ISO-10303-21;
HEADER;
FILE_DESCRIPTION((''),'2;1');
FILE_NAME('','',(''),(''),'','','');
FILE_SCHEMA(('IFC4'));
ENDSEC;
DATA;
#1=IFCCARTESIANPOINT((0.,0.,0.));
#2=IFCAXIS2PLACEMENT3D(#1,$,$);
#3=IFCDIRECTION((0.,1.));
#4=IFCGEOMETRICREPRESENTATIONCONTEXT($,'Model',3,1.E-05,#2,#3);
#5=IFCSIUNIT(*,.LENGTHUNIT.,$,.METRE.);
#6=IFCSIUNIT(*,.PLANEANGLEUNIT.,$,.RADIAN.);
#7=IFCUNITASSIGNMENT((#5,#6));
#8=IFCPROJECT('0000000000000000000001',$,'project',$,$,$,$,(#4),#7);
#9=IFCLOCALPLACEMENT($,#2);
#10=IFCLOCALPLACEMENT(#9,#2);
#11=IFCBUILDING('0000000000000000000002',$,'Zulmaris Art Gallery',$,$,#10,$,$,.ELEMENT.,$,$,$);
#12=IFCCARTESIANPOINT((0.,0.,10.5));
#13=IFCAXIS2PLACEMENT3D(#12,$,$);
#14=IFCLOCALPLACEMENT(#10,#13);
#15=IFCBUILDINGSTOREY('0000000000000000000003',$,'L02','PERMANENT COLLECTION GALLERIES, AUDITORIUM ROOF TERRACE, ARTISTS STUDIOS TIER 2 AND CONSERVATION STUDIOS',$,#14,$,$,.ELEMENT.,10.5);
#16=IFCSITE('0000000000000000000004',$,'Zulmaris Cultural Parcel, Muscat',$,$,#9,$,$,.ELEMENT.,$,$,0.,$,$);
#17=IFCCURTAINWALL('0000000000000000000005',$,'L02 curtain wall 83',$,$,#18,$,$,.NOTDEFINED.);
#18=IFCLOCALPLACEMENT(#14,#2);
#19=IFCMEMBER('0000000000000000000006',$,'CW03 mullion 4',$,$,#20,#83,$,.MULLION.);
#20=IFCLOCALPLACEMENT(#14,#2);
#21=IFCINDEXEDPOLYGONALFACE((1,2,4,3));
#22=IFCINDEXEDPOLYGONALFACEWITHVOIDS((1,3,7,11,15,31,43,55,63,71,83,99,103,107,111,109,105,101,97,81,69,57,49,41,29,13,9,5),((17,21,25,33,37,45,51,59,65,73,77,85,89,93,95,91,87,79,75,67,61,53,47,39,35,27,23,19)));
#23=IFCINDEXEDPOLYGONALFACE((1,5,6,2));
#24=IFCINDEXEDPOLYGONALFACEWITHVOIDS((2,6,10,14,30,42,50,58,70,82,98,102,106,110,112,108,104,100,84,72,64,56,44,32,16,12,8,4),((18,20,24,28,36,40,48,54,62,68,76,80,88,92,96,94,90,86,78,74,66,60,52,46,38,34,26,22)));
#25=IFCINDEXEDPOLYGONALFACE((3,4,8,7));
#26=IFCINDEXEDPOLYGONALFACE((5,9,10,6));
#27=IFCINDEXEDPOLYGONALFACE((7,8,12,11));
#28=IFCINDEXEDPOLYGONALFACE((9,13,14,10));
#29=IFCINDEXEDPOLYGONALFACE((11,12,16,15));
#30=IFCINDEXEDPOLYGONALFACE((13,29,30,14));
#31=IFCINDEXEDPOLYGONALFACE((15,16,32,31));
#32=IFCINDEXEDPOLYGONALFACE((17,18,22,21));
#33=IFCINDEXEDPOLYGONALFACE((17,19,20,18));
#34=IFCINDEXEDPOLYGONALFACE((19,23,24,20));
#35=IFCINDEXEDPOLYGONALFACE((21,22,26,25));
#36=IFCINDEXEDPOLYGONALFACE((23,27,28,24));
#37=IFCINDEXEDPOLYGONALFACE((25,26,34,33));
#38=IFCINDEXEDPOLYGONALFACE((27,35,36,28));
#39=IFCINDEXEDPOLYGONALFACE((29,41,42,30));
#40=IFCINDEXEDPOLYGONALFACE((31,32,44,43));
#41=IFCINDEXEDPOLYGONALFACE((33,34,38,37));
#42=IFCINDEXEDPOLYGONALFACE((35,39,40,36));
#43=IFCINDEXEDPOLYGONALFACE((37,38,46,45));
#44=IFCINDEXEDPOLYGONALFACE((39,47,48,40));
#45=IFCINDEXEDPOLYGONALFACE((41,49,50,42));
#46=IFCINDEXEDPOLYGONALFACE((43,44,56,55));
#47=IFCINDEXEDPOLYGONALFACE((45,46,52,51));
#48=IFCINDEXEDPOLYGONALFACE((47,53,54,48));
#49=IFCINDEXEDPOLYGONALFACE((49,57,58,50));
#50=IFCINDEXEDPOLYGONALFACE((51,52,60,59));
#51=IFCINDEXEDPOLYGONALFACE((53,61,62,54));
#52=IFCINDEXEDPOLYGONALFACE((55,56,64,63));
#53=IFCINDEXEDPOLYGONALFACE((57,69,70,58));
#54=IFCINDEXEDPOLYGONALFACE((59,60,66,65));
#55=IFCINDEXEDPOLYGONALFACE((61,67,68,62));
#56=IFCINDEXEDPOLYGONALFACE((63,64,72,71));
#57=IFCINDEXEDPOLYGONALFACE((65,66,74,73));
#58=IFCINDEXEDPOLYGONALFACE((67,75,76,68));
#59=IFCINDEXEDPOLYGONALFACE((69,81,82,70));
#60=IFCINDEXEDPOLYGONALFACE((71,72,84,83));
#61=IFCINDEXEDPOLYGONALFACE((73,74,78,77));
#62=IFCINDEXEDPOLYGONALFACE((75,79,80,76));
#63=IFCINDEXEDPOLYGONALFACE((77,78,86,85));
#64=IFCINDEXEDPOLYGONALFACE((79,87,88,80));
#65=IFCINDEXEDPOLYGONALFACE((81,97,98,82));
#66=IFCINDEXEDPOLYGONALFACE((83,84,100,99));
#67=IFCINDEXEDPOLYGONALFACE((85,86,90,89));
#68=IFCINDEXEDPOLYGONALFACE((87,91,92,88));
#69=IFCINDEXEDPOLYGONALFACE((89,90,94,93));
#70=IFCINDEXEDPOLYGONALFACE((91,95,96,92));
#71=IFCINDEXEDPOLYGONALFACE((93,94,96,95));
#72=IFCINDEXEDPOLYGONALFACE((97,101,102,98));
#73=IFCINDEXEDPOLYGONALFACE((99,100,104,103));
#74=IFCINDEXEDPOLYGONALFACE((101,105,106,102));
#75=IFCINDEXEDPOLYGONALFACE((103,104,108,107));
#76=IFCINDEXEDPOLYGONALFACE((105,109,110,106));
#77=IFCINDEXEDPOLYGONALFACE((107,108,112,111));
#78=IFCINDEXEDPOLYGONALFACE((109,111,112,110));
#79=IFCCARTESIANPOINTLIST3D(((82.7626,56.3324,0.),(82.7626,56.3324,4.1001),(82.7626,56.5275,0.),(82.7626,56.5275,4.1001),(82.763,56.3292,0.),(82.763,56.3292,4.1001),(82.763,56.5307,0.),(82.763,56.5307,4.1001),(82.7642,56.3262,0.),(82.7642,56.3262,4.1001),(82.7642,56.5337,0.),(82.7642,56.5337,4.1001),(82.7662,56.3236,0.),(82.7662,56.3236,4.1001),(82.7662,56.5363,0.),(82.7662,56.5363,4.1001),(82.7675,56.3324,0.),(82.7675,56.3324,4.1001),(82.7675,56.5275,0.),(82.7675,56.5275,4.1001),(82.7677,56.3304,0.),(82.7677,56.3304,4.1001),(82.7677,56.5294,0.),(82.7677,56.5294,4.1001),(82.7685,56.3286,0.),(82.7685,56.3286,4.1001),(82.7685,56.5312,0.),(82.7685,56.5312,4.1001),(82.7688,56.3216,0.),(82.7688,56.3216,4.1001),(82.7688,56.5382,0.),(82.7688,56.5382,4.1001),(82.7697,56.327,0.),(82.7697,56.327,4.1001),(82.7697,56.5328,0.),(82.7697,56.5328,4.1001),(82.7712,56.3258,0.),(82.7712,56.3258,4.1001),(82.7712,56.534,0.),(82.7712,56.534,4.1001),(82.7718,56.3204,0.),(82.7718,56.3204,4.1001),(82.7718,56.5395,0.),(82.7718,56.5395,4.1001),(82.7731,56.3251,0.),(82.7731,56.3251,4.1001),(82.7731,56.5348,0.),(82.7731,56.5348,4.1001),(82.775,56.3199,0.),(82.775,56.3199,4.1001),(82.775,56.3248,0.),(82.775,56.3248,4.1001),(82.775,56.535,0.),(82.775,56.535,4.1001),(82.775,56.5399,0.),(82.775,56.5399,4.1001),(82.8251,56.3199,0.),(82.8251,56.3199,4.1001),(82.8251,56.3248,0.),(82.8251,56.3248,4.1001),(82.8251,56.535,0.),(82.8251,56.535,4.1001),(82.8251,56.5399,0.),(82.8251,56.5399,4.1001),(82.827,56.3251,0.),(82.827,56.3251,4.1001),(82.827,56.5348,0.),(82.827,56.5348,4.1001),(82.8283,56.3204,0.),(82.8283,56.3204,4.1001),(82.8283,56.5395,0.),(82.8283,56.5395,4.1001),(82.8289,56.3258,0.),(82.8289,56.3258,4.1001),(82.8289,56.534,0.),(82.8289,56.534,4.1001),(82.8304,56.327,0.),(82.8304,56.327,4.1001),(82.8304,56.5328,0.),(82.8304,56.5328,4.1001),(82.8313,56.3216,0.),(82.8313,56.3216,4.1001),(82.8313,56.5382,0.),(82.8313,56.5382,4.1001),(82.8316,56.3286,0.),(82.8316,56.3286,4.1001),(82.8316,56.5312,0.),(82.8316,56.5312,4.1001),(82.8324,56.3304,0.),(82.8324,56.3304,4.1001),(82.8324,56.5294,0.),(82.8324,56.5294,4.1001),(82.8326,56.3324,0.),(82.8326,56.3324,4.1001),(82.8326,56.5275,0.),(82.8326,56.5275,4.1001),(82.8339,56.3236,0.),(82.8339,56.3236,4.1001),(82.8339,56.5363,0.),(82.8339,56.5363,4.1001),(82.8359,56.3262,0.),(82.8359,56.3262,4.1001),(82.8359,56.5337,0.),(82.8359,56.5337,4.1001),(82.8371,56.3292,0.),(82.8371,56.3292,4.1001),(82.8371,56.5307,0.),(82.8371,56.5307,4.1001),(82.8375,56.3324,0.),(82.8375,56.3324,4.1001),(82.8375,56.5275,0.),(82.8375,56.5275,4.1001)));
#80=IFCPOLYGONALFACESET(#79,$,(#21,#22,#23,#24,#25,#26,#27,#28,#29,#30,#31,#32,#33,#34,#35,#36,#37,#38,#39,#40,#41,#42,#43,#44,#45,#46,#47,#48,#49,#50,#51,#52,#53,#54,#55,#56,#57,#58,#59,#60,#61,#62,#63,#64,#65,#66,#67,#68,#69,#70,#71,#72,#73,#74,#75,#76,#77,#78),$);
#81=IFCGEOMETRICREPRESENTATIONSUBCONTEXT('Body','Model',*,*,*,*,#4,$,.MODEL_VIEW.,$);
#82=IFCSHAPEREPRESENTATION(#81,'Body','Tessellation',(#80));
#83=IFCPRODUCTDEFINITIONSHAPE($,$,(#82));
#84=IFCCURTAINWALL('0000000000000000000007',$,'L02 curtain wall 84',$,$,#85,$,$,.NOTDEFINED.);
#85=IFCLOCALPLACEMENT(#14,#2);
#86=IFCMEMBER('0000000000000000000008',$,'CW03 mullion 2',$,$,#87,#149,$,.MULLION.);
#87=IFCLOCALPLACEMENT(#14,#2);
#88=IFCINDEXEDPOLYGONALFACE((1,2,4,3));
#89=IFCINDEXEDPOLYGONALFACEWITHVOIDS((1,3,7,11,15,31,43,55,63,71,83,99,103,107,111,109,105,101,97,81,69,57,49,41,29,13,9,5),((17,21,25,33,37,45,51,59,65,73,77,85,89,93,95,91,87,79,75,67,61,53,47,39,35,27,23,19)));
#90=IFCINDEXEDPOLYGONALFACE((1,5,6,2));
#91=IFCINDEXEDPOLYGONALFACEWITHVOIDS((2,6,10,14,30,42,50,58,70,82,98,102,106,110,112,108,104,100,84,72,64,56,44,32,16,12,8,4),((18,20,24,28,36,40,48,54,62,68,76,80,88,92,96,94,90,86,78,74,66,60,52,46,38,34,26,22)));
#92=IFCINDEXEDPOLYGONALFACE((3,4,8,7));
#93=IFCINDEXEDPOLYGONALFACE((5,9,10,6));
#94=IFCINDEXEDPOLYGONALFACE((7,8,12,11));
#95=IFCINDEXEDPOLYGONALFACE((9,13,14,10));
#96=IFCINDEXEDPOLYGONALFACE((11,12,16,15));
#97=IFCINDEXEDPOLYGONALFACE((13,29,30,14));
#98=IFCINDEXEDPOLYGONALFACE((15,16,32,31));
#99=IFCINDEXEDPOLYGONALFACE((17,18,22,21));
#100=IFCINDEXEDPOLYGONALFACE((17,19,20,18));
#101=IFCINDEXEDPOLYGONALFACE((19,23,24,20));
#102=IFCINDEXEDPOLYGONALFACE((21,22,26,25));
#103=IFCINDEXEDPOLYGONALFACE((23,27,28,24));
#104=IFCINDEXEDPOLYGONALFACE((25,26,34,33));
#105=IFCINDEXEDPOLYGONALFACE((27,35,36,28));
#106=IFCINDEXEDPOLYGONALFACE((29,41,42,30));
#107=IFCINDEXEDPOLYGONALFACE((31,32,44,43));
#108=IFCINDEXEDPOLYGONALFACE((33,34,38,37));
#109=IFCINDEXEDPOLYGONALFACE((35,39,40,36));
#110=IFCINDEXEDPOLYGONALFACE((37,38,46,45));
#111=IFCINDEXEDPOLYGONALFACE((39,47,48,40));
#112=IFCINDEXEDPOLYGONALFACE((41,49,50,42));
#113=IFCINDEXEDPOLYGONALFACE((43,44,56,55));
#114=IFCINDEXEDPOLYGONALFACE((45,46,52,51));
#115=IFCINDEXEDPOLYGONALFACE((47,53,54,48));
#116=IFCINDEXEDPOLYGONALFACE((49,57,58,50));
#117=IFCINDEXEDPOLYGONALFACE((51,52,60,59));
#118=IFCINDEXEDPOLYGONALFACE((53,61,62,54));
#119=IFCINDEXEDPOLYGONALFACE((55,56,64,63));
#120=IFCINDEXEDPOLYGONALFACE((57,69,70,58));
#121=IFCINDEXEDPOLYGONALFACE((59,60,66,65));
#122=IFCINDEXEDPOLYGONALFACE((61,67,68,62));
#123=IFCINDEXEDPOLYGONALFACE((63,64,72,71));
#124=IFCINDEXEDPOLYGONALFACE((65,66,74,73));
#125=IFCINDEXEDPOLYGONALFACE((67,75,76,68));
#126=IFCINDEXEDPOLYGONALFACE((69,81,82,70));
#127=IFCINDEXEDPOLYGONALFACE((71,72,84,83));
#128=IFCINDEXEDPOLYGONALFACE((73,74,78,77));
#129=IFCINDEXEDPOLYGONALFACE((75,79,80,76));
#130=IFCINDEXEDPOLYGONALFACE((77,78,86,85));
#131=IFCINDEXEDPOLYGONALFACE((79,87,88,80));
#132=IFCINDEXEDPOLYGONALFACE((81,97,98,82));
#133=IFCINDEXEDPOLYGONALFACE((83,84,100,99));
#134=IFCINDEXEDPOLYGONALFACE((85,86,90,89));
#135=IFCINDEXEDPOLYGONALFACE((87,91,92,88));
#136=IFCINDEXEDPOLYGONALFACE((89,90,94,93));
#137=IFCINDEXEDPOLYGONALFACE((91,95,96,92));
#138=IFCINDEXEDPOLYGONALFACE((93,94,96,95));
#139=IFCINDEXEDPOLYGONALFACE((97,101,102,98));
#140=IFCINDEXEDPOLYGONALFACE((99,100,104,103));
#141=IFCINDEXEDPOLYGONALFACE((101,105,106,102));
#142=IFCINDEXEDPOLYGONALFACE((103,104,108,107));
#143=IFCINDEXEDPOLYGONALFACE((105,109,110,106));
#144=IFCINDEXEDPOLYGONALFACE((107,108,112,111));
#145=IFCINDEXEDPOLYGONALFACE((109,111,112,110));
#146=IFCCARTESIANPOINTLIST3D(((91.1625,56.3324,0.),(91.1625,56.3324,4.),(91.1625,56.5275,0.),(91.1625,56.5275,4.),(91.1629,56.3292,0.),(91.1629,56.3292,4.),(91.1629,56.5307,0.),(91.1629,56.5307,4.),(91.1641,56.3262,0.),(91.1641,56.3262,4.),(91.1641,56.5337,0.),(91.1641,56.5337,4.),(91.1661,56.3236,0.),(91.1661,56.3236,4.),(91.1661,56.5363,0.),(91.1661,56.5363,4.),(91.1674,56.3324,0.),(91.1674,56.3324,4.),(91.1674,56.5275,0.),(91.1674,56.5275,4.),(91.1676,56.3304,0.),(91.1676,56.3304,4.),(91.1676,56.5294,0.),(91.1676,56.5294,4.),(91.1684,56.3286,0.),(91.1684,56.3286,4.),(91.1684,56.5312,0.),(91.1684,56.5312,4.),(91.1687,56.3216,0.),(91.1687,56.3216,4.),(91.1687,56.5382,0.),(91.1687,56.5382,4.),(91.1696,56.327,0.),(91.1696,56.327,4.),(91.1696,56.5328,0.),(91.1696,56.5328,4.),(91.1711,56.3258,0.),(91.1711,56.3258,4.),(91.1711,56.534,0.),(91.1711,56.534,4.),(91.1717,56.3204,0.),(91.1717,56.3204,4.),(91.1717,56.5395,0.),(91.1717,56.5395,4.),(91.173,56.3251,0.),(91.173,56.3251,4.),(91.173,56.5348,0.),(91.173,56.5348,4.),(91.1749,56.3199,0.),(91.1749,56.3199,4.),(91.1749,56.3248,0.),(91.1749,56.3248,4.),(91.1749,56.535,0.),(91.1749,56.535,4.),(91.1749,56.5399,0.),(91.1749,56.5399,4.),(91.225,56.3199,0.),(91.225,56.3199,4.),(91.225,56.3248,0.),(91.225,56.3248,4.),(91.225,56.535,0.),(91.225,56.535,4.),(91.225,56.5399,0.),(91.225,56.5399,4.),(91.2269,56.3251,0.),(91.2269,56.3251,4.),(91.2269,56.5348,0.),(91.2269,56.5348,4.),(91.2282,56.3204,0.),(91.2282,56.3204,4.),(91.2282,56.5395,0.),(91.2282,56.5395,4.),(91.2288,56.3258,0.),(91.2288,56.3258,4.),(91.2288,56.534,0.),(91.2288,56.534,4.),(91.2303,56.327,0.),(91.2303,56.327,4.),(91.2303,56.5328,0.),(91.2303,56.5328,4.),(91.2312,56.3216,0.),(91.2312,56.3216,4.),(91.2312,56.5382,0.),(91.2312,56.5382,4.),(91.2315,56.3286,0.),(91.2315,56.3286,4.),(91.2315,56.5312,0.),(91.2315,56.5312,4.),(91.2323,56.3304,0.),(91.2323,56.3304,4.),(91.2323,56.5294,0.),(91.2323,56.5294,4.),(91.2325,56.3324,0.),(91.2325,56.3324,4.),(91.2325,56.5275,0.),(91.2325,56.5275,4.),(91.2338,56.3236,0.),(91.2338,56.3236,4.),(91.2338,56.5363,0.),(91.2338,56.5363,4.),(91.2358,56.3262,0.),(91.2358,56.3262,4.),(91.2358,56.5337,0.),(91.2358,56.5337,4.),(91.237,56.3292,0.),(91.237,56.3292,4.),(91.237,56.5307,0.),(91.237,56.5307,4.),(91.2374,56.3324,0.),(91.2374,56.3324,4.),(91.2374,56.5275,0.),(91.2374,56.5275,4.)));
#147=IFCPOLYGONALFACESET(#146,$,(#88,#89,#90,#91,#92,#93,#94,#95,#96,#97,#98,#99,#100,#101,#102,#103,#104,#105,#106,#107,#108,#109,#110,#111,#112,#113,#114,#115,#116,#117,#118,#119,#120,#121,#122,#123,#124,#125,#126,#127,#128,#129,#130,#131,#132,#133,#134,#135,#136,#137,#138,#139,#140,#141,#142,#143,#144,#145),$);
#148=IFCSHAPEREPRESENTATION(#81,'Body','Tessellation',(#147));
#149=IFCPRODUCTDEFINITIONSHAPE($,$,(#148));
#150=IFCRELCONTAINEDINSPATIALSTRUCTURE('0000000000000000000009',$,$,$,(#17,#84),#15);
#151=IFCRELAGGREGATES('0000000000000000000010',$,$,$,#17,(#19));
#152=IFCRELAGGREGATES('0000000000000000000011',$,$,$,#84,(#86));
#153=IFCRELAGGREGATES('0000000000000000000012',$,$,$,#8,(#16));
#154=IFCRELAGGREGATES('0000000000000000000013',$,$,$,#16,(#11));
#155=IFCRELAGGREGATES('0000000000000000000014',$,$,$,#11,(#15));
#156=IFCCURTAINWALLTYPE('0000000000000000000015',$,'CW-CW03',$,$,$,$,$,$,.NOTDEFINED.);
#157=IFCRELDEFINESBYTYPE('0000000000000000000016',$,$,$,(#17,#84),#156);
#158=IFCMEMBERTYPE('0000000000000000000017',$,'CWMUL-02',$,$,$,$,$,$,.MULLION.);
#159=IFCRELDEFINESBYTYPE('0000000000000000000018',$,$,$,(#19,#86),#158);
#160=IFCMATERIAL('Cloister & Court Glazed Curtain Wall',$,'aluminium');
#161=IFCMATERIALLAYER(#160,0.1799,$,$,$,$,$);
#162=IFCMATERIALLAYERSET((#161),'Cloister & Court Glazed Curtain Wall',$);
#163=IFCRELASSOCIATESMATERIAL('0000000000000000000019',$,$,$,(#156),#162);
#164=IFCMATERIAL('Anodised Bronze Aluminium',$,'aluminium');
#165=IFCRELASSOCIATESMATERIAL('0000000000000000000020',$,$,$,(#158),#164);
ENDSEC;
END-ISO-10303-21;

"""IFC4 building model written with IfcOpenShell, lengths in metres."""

from ifc_helpers import new_model, si_unit, direction, frame, origin, origin_2d, place, context, subcontext, project, spatial, hollow_rectangle, extrude, material, layer, layer_set, material_profile, profile_set, type_object, element, aggregate, save


model = new_model("IFC4")

# Units and contexts
model_context = context("Model", 3, precision=1e-05, world=origin(), true_north=direction((0.0, 1.0)))
body_context = subcontext(model_context, "Body", "Model", "MODEL_VIEW")
ifc_project = project(units=[si_unit("LENGTHUNIT", "METRE"), si_unit("PLANEANGLEUNIT", "RADIAN")], contexts=[model_context])

# Site, building, storey
site_placement = place(None, origin())
site = spatial("IfcSite", under=ifc_project, at=site_placement, Name="Zulmaris Cultural Parcel, Muscat", CompositionType="ELEMENT", RefElevation=0.0)
building_placement = place(site_placement, origin())
building = spatial("IfcBuilding", under=site, at=building_placement, Name="Zulmaris Art Gallery", CompositionType="ELEMENT")
storey_placement = place(building_placement, frame((0.0, 0.0, 10.5)))
storey = spatial("IfcBuildingStorey", under=building, at=storey_placement, Name="L02", Description="PERMANENT COLLECTION GALLERIES, AUDITORIUM ROOF TERRACE, ARTISTS STUDIOS TIER 2 AND CONSERVATION STUDIOS", CompositionType="ELEMENT", Elevation=10.5)

# Curtain walls, members
ifc_material_1 = material(Name="Cloister & Court Glazed Curtain Wall", Category="aluminium")
ifc_layer_1 = layer(ifc_material_1, 0.1799)
ifc_layer_set_1 = layer_set([ifc_layer_1], Name="Cloister & Court Glazed Curtain Wall")
curtain_wall_type = type_object("IfcCurtainWallType", Name="CW-CW03", PredefinedType="NOTDEFINED", material=ifc_layer_set_1)
curtain_wall_1_placement = place(storey_placement, origin())
curtain_wall_1 = element("IfcCurtainWall", 1, at=curtain_wall_1_placement, inside=storey, type_object=curtain_wall_type, Name="L02 curtain wall 83", PredefinedType="NOTDEFINED")
ifc_material_2 = material(Name="Anodised Bronze Aluminium", Category="aluminium")
ifc_material_profile_1 = material_profile(ifc_material_2, hollow_rectangle(XDim=0.075, YDim=0.22, WallThickness=0.0049, InnerFilletRadius=0.0076, OuterFilletRadius=0.0125, at=origin_2d()), Name="ALU 75x220x5")
ifc_profile_set_1 = profile_set([ifc_material_profile_1], Name="Anodised Bronze Aluminium")
member_type_1 = type_object("IfcMemberType", Name="CWMUL-02", PredefinedType="MULLION", material=ifc_profile_set_1)
member_1_placement = place(storey_placement, frame((82.8, 56.4299, 0.0), z_axis=(0.0, 0.0, 1.0), x_axis=(-1.0, 0.0, 0.0)))
member_1 = element("IfcMember", 2, at=member_1_placement, type_object=member_type_1, Name="CW03 mullion 4", PredefinedType="MULLION", context=body_context, shape_type="SweptSolid", body=[
    extrude(hollow_rectangle(XDim=0.075, YDim=0.22, WallThickness=0.0049, InnerFilletRadius=0.0076, OuterFilletRadius=0.0125, at=origin_2d()), origin(), (0.0, 0.0, 1.0), 4.1001),
])
curtain_wall_2_placement = place(storey_placement, origin())
curtain_wall_2 = element("IfcCurtainWall", 3, at=curtain_wall_2_placement, inside=storey, type_object=curtain_wall_type, Name="L02 curtain wall 84", PredefinedType="NOTDEFINED")
member_2_placement = place(storey_placement, frame((91.2, 56.4299, 0.0), z_axis=(0.0, 0.0, 1.0), x_axis=(1.0, 0.0, 0.0)))
member_2 = element("IfcMember", 4, at=member_2_placement, type_object=member_type_1, Name="CW03 mullion 2", PredefinedType="MULLION", context=body_context, shape_type="SweptSolid", body=[
    extrude(hollow_rectangle(XDim=0.075, YDim=0.22, WallThickness=0.0049, InnerFilletRadius=0.0076, OuterFilletRadius=0.0125, at=origin_2d()), origin(), (0.0, 0.0, 1.0), 4.0),
])

aggregate(curtain_wall_1, [member_1])
aggregate(curtain_wall_2, [member_2])

save(model, "model.ifc")
